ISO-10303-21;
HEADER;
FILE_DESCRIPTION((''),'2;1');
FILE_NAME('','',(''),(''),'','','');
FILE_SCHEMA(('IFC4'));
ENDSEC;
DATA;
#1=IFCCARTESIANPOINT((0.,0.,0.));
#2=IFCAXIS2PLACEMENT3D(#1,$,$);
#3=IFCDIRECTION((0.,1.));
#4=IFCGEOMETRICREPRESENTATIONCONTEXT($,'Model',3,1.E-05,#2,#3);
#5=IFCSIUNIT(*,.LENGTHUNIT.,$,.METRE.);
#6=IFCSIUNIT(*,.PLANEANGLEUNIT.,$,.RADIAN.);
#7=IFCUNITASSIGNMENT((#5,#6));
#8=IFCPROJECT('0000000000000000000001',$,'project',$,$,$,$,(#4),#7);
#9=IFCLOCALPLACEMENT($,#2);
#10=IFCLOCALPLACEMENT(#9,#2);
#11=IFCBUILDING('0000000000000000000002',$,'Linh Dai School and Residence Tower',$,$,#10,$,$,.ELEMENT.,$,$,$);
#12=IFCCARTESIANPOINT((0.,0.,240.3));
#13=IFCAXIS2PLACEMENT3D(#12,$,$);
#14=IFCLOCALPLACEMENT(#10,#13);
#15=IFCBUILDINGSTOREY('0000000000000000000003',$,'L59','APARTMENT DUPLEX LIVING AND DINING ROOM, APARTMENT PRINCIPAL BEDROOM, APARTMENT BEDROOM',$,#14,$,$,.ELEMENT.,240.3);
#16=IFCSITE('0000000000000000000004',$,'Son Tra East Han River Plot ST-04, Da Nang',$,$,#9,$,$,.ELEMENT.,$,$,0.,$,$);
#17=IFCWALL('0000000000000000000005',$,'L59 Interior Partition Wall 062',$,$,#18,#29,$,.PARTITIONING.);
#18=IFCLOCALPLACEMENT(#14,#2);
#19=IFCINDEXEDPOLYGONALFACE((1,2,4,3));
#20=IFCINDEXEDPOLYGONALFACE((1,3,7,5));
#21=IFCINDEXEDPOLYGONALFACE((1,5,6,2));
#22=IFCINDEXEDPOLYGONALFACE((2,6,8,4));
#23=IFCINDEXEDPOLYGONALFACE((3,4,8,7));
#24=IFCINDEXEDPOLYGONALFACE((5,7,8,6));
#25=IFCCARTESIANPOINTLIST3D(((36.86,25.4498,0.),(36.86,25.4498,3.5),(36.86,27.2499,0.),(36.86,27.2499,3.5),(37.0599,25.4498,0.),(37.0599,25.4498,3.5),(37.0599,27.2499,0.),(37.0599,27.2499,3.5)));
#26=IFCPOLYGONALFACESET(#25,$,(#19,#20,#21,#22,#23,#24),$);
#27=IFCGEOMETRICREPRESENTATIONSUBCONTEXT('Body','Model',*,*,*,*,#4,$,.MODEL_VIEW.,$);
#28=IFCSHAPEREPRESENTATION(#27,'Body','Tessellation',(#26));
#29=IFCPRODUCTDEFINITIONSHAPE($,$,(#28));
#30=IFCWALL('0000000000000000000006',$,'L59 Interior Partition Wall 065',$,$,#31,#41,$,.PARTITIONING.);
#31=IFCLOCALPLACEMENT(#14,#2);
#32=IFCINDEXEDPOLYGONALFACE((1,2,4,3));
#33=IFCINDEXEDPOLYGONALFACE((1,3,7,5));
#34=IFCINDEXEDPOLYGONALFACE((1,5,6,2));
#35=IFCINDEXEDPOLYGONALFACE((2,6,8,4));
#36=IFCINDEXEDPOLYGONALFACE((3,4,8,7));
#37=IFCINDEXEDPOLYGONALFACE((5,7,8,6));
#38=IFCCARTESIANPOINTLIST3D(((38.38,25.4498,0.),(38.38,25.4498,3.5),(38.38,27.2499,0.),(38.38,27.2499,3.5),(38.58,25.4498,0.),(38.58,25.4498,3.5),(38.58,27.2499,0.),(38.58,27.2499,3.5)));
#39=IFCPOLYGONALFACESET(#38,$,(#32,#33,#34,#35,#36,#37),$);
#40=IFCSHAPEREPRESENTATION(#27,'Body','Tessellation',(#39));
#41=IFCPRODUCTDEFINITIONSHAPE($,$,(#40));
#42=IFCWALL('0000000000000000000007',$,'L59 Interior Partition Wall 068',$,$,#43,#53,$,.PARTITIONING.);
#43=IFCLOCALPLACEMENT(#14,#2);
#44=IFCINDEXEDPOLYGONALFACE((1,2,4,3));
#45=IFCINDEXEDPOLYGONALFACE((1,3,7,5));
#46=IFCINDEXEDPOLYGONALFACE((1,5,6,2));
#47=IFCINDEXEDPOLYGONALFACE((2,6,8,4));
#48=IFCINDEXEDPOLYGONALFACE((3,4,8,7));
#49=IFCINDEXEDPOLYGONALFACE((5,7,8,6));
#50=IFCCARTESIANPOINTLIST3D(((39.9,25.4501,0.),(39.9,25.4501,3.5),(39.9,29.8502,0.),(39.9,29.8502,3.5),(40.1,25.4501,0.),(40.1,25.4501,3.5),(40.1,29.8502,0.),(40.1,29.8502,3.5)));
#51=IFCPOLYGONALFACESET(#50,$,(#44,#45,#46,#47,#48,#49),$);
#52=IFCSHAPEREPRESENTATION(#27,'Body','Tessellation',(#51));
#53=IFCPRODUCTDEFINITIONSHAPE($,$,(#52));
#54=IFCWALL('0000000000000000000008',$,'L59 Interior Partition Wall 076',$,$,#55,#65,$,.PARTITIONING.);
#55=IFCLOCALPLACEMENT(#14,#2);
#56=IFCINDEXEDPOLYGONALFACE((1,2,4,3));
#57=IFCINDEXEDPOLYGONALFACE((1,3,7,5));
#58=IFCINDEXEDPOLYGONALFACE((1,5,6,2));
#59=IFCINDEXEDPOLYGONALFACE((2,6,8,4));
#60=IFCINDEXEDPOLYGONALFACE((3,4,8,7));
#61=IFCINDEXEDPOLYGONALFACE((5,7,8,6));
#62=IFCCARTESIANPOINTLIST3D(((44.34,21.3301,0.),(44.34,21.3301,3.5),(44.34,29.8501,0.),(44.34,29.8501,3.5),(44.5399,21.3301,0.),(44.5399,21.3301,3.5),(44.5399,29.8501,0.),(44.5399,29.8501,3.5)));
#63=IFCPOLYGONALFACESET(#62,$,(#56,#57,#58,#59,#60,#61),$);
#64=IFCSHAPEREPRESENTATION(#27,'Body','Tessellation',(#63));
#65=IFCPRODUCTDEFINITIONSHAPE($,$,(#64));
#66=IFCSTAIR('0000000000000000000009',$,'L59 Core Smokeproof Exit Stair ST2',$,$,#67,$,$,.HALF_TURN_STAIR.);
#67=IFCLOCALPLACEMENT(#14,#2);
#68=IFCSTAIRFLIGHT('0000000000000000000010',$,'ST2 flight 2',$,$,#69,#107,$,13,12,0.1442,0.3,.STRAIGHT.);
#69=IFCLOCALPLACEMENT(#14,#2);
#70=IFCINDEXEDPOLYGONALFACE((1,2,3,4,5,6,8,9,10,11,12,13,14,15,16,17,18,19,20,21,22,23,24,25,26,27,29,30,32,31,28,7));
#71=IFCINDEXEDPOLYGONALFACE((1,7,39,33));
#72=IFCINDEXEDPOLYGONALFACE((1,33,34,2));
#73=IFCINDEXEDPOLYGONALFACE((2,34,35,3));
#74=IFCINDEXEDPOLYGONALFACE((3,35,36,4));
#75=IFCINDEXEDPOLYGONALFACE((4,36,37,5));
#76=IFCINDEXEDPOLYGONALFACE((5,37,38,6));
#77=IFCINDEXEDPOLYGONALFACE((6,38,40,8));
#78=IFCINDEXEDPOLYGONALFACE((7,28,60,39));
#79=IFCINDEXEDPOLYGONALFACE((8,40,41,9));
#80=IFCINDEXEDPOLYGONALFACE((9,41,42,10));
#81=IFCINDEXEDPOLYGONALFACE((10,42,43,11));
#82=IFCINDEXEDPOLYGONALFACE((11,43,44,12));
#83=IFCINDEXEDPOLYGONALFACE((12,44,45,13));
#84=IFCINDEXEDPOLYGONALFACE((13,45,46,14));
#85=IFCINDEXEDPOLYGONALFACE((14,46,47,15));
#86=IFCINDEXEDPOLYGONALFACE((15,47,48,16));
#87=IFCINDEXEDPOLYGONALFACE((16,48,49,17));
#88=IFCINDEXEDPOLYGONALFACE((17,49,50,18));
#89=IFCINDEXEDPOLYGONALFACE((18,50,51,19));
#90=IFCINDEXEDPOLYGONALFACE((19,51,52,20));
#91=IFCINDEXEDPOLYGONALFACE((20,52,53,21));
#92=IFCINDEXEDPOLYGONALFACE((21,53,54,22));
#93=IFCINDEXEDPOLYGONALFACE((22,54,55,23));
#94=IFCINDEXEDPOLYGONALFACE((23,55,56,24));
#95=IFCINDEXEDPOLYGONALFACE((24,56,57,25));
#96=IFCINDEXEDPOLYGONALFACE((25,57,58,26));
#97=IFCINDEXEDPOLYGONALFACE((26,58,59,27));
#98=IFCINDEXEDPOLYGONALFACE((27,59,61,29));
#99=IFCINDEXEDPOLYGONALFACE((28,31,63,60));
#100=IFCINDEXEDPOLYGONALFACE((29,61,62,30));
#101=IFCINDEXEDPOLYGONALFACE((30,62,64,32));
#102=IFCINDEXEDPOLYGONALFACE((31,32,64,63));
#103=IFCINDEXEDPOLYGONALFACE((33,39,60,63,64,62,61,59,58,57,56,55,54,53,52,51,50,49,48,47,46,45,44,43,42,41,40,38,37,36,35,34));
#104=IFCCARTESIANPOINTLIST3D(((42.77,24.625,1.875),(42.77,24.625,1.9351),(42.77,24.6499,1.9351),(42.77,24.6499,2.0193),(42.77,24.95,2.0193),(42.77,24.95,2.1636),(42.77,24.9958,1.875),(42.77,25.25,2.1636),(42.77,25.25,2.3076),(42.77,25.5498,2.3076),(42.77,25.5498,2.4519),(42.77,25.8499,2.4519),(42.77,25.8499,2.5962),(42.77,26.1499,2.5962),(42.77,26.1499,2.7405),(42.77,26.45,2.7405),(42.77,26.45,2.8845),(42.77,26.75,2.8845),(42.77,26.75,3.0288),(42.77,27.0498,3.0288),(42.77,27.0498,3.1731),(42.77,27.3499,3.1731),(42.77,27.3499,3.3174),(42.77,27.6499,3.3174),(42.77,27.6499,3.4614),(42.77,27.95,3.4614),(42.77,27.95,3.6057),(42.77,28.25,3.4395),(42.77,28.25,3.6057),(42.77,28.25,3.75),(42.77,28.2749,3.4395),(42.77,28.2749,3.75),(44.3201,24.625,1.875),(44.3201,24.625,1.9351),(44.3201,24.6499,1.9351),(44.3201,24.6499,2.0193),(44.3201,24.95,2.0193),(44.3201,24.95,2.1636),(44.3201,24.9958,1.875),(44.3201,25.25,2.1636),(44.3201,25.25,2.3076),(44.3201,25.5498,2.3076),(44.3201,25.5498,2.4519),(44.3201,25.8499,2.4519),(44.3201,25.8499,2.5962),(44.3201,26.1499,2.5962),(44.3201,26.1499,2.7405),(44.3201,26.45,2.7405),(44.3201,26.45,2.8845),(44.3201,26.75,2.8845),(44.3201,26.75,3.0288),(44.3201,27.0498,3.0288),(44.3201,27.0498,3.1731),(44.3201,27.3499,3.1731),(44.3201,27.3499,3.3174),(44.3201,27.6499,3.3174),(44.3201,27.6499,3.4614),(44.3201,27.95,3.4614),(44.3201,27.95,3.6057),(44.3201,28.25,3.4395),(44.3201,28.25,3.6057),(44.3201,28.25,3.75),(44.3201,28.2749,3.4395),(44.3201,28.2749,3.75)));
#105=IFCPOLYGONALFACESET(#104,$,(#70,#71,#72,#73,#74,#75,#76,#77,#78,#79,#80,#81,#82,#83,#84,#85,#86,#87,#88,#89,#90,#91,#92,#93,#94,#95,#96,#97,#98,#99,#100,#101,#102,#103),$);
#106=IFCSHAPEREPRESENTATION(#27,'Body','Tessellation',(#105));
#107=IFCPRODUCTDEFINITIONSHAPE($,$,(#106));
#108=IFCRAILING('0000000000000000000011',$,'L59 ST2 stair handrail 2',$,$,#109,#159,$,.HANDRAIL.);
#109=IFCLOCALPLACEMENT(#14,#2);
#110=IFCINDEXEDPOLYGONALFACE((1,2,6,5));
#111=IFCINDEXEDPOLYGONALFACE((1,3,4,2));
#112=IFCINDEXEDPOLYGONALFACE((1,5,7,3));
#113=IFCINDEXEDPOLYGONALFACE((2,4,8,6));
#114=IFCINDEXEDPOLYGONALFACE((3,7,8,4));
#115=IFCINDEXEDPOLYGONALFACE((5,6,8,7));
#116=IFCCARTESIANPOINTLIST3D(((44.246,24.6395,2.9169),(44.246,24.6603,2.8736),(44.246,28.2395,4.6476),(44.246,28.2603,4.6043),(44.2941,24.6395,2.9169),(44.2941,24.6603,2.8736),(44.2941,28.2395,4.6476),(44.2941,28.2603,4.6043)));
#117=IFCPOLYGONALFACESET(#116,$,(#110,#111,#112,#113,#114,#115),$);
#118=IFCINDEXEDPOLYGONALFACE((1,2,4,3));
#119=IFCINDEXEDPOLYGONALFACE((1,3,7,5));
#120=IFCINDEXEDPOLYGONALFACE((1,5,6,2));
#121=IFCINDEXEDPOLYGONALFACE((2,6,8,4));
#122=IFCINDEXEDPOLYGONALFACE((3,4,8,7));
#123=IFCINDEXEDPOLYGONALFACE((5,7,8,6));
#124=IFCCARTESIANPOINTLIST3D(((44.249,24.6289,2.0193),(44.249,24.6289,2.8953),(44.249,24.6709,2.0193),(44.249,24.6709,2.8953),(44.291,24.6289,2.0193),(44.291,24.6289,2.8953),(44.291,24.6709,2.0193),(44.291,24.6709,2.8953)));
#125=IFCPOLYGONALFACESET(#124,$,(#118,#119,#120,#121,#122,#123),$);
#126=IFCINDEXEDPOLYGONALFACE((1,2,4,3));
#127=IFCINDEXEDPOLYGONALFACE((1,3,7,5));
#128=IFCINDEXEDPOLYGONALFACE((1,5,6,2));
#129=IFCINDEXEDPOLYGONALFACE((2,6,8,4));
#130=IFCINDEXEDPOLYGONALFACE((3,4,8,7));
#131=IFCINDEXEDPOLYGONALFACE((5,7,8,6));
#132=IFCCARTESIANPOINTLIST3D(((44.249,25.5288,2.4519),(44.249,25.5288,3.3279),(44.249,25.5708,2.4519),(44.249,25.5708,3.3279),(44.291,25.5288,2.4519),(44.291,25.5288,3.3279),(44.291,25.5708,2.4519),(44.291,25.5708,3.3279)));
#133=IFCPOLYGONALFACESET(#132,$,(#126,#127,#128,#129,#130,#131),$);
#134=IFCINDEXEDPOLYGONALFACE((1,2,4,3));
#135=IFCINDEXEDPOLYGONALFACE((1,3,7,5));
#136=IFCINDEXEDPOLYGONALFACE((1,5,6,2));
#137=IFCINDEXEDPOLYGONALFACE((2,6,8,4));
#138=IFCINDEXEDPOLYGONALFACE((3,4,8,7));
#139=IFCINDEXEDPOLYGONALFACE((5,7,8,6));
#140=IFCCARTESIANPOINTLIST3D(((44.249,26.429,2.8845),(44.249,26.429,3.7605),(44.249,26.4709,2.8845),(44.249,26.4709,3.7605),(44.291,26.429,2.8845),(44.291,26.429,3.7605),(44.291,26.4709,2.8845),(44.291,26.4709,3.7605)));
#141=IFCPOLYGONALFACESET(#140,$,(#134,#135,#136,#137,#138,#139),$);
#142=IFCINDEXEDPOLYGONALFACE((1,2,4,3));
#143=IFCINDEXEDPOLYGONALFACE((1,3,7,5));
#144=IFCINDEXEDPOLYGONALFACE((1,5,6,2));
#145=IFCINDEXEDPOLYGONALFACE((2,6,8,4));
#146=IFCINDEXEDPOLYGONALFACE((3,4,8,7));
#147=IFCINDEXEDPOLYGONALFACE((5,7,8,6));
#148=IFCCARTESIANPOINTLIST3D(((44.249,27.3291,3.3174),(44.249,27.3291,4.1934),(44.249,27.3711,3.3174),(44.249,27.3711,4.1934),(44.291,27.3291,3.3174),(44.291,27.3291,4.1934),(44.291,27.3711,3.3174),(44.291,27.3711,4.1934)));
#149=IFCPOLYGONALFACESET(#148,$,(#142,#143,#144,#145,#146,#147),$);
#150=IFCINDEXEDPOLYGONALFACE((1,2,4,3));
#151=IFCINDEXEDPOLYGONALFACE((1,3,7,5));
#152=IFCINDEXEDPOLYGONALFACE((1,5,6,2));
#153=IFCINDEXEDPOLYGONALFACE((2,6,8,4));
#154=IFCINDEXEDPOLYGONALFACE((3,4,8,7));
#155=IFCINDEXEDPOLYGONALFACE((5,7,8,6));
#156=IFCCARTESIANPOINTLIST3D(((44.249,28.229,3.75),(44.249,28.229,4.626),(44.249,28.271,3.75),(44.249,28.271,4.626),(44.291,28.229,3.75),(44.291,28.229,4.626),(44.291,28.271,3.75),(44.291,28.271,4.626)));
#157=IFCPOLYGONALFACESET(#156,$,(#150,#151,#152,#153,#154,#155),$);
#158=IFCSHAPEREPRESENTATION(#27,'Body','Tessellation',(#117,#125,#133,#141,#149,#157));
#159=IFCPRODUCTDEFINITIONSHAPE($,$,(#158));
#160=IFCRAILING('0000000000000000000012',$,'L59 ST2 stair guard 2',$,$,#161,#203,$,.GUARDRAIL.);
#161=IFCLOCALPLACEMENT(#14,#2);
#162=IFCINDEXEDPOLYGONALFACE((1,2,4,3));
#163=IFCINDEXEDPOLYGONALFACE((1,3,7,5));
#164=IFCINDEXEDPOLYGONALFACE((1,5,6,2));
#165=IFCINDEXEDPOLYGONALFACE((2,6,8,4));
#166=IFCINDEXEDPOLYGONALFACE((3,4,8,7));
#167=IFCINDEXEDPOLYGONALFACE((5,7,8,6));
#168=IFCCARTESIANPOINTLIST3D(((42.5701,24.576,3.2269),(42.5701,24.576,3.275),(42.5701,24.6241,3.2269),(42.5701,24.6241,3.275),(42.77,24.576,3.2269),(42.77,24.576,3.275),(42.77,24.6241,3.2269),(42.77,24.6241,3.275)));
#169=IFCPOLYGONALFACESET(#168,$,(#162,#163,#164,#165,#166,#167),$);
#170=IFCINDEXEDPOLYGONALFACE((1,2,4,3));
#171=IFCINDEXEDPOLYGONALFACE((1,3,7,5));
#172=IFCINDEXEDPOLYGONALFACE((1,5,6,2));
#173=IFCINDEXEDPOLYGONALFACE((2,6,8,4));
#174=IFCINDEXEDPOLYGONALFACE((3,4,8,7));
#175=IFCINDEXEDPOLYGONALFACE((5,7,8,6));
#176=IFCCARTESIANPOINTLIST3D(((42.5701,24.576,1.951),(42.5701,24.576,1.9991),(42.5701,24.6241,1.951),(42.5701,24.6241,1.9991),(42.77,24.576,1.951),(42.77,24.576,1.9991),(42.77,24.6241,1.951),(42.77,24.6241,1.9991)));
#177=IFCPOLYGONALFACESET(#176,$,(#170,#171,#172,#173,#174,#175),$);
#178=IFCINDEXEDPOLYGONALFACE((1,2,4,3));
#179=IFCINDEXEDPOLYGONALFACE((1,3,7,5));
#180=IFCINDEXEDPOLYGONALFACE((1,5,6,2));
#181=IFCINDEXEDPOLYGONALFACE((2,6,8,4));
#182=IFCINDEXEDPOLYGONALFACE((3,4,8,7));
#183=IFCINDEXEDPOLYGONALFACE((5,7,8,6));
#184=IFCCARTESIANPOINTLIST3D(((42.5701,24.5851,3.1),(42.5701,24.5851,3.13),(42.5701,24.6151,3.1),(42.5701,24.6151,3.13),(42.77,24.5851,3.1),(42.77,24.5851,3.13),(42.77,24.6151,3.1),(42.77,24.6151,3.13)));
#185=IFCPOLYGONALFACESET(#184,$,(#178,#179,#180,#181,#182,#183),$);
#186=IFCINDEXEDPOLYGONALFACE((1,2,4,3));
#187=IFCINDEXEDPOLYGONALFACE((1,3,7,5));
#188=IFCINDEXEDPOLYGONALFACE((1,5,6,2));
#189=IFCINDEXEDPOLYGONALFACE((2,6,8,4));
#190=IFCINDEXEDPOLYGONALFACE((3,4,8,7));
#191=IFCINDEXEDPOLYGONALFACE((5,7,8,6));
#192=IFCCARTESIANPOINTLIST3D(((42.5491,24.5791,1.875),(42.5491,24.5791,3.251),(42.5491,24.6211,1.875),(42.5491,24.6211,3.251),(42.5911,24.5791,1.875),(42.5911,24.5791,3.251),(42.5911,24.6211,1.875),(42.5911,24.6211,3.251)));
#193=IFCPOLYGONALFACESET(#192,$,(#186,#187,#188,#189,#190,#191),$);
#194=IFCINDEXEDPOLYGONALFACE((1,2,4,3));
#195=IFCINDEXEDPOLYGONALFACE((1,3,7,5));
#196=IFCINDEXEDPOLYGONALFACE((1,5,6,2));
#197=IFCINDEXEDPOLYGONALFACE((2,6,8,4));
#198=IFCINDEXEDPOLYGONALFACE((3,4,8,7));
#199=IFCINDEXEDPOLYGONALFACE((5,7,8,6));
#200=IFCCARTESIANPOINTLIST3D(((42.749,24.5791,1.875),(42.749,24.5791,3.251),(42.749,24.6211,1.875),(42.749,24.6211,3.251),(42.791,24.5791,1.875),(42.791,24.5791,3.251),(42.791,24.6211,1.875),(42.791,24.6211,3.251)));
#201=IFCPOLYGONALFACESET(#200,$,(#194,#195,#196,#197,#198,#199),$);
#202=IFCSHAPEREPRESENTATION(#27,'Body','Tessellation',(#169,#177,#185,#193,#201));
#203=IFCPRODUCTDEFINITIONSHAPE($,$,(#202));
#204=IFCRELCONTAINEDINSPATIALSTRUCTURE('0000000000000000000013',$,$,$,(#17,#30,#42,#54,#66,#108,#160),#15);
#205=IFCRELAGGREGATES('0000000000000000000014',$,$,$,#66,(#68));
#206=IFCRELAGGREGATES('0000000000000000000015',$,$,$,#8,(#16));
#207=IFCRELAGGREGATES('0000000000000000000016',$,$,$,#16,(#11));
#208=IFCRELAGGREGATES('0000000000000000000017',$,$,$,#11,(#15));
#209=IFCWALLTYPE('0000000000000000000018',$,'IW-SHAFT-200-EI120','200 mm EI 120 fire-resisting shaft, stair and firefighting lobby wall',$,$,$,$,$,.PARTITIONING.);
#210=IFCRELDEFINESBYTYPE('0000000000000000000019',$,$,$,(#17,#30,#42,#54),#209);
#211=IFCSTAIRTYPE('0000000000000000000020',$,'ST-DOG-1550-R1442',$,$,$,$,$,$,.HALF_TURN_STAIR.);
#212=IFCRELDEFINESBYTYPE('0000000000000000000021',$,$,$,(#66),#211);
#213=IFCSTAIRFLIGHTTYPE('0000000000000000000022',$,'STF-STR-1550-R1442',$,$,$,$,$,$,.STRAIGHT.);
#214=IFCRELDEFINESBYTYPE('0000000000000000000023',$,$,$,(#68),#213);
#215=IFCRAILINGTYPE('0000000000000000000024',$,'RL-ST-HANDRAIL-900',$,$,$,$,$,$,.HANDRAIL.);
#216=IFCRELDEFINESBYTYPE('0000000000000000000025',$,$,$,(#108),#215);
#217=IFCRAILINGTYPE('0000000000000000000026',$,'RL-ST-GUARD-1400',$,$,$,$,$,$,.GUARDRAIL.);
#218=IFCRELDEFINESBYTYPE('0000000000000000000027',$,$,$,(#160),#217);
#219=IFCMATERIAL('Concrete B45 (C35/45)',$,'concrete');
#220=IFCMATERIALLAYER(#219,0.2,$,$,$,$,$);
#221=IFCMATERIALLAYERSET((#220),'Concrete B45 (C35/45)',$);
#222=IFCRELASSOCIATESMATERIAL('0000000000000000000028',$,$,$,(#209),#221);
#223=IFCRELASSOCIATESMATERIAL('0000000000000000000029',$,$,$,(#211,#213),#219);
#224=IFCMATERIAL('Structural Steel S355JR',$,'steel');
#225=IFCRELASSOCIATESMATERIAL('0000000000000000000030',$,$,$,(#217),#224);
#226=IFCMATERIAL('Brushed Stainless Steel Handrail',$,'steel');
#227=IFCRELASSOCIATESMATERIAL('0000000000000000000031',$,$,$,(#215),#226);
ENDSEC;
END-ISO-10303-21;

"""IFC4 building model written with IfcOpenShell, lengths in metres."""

from ifc_helpers import new_model, si_unit, direction, frame, frame_2d, origin, origin_2d, place, context, subcontext, project, spatial, polyline, rectangle, outline, extrude, source, transform, mapped, material, layer, layer_set, type_object, element, aggregate, save


model = new_model("IFC4")

# Units and contexts
model_context = context("Model", 3, precision=1e-05, world=origin(), true_north=direction((0.0, 1.0)))
body_context = subcontext(model_context, "Body", "Model", "MODEL_VIEW")
ifc_project = project(units=[si_unit("LENGTHUNIT", "METRE"), si_unit("PLANEANGLEUNIT", "RADIAN")], contexts=[model_context])

# Site, building, storey
site_placement = place(None, origin())
site = spatial("IfcSite", under=ifc_project, at=site_placement, Name="Son Tra East Han River Plot ST-04, Da Nang", CompositionType="ELEMENT", RefElevation=0.0)
building_placement = place(site_placement, origin())
building = spatial("IfcBuilding", under=site, at=building_placement, Name="Linh Dai School and Residence Tower", CompositionType="ELEMENT")
storey_placement = place(building_placement, frame((0.0, 0.0, 240.3)))
storey = spatial("IfcBuildingStorey", under=building, at=storey_placement, Name="L59", Description="APARTMENT DUPLEX LIVING AND DINING ROOM, APARTMENT PRINCIPAL BEDROOM, APARTMENT BEDROOM", CompositionType="ELEMENT", Elevation=240.3)

# Shared definitions
ifc_material_1 = material(Name="Structural Steel S355JR", Category="steel")

# Walls
ifc_material_2 = material(Name="Concrete B45 (C35/45)", Category="concrete")
ifc_layer_1 = layer(ifc_material_2, 0.2)
ifc_layer_set_1 = layer_set([ifc_layer_1], Name="Concrete B45 (C35/45)")
wall_type_1 = type_object("IfcWallType", Name="IW-SHAFT-200-EI120", Description="200 mm EI 120 fire-resisting shaft, stair and firefighting lobby wall", PredefinedType="PARTITIONING", material=ifc_layer_set_1)
for number, where, z_axis, x_axis, name in (
    (1, (36.96, 25.45, 0.0), (0.0, 0.0, 1.0), (0.0, 1.0, 0.0), "L59 Interior Partition Wall 062"),
    (2, (38.48, 25.45, 0.0), (0.0, 0.0, 1.0), (0.0, 1.0, 0.0), "L59 Interior Partition Wall 065"),
):
    element("IfcWall", number, at=place(storey_placement, frame(where, z_axis=z_axis, x_axis=x_axis)), inside=storey, type_object=wall_type_1, Name=name, PredefinedType="PARTITIONING", context=body_context, shape_type="SweptSolid", body=[
        extrude(rectangle(XDim=1.8, YDim=0.2, at=frame_2d((0.8999, 0.0))), origin(), (0.0, 0.0, 1.0), 3.5),
    ])
wall_1_placement = place(storey_placement, frame((40.0, 25.45, 0.0), z_axis=(0.0, 0.0, 1.0), x_axis=(0.0, 1.0, 0.0)))
element("IfcWall", 3, at=wall_1_placement, inside=storey, type_object=wall_type_1, Name="L59 Interior Partition Wall 068", PredefinedType="PARTITIONING", context=body_context, shape_type="SweptSolid", body=[
    extrude(rectangle(XDim=4.4001, YDim=0.2, at=frame_2d((2.2002, 0.0))), origin(), (0.0, 0.0, 1.0), 3.5),
])
wall_2_placement = place(storey_placement, frame((44.4399, 21.3301, 0.0), z_axis=(0.0, 0.0, 1.0), x_axis=(0.0, 1.0, 0.0)))
element("IfcWall", 4, at=wall_2_placement, inside=storey, type_object=wall_type_1, Name="L59 Interior Partition Wall 076", PredefinedType="PARTITIONING", context=body_context, shape_type="SweptSolid", body=[
    extrude(rectangle(XDim=8.52, YDim=0.2, at=frame_2d((4.26, 0.0))), origin(), (0.0, 0.0, 1.0), 3.5),
])

# Stair, stair flight
stair_type = type_object("IfcStairType", Name="ST-DOG-1550-R1442", PredefinedType="HALF_TURN_STAIR", material=ifc_material_2)
stair_placement = place(storey_placement, origin())
stair = element("IfcStair", 5, at=stair_placement, inside=storey, type_object=stair_type, Name="L59 Core Smokeproof Exit Stair ST2", PredefinedType="HALF_TURN_STAIR")
stair_flight_type = type_object("IfcStairFlightType", Name="STF-STR-1550-R1442", PredefinedType="STRAIGHT", material=ifc_material_2)
shared_shape_1 = source(origin(), body_context, "Body", "SweptSolid", [
    extrude(outline(polyline([(-0.0249, 0.0), (-0.0249, 0.0601), (0.0, 0.0601), (0.0, 0.1443), (0.3, 0.1443), (0.3, 0.2886), (0.6001, 0.2886), (0.6001, 0.4326), (0.8999, 0.4326), (0.8999, 0.5769), (1.2, 0.5769), (1.2, 0.7212), (1.5, 0.7212), (1.5, 0.8655), (1.8, 0.8655), (1.8, 1.0095), (2.1001, 1.0095), (2.1001, 1.1538), (2.3999, 1.1538), (2.3999, 1.2981), (2.7, 1.2981), (2.7, 1.4424), (3.0, 1.4424), (3.0, 1.5864), (3.3, 1.5864), (3.3, 1.7307), (3.6001, 1.7307), (3.6001, 1.875), (3.625, 1.875), (3.625, 1.5645), (3.6001, 1.5645), (0.3459, 0.0), (-0.0249, 0.0)])), frame((0.0, 0.7749, 0.0), z_axis=(0.0, -1.0, 0.0), x_axis=(1.0, 0.0, 0.0)), (0.0, 0.0, 1.0), 1.55),
])
stair_flight_placement = place(storey_placement, frame((43.5449, 24.6499, 1.875), z_axis=(0.0, 0.0, 1.0), x_axis=(0.0, 1.0, 0.0)))
stair_flight = element("IfcStairFlight", 6, at=stair_flight_placement, type_object=stair_flight_type, Name="ST2 flight 2", NumberOfRisers=13, NumberOfTreads=12, PredefinedType="STRAIGHT", RiserHeight=0.1442, TreadLength=0.3, context=body_context, shape_type="MappedRepresentation", body=[
    mapped(shared_shape_1, transform((0.0, 0.0, 0.0), x_axis=(1.0, 0.0, 0.0), y_axis=(0.0, 1.0, 0.0), z_axis=(0.0, 0.0, 1.0), scale=1.0)),
])
aggregate(stair, [stair_flight])

# Railings
railing_type_1 = type_object("IfcRailingType", Name="RL-ST-GUARD-1400", PredefinedType="GUARDRAIL", material=ifc_material_1)
ifc_material_3 = material(Name="Brushed Stainless Steel Handrail", Category="steel")
railing_type_2 = type_object("IfcRailingType", Name="RL-ST-HANDRAIL-900", PredefinedType="HANDRAIL", material=ifc_material_3)
shared_shape_2 = source(origin(), body_context, "Body", "SweptSolid", [
    extrude(rectangle(XDim=0.0481, YDim=0.0481, at=origin_2d()), frame((0.0, 0.0, 0.876), z_axis=(0.0, 0.901263, 0.433273), x_axis=(-1.0, 0.0, 0.0)), (0.0, 0.0, 1.0), 3.9944),
    extrude(rectangle(XDim=0.042, YDim=0.042, at=origin_2d()), origin(), (0.0, 0.0, 1.0), 0.876),
    extrude(rectangle(XDim=0.042, YDim=0.042, at=origin_2d()), frame((0.0, 0.8999, 0.4326)), (0.0, 0.0, 1.0), 0.876),
    extrude(rectangle(XDim=0.042, YDim=0.042, at=origin_2d()), frame((0.0, 1.8, 0.8652)), (0.0, 0.0, 1.0), 0.876),
    extrude(rectangle(XDim=0.042, YDim=0.042, at=origin_2d()), frame((0.0, 2.7002, 1.2981)), (0.0, 0.0, 1.0), 0.876),
    extrude(rectangle(XDim=0.042, YDim=0.042, at=origin_2d()), frame((0.0, 3.6001, 1.7307)), (0.0, 0.0, 1.0), 0.876),
])
railing_1_placement = place(storey_placement, frame((44.27, 24.6499, 2.0193)))
element("IfcRailing", 7, at=railing_1_placement, inside=storey, type_object=railing_type_2, Name="L59 ST2 stair handrail 2", PredefinedType="HANDRAIL", context=body_context, shape_type="MappedRepresentation", body=[
    mapped(shared_shape_2, transform((0.0, 0.0, 0.0), x_axis=(1.0, 0.0, 0.0), y_axis=(0.0, 1.0, 0.0), z_axis=(0.0, 0.0, 1.0), scale=1.0)),
])
shared_shape_3 = source(origin(), body_context, "Body", "SweptSolid", [
    extrude(rectangle(XDim=0.0481, YDim=0.0481, at=origin_2d()), frame((0.0, 0.0, 1.376), z_axis=(1.0, 0.0, 0.0), x_axis=(0.0, 1.0, 0.0)), (0.0, 0.0, 1.0), 0.2),
    extrude(rectangle(XDim=0.0481, YDim=0.0481, at=origin_2d()), frame((0.0, 0.0, 0.1001), z_axis=(1.0, 0.0, 0.0), x_axis=(0.0, 1.0, 0.0)), (0.0, 0.0, 1.0), 0.2),
    extrude(rectangle(XDim=0.03, YDim=0.03, at=origin_2d()), frame((0.0, 0.0, 1.24), z_axis=(1.0, 0.0, 0.0), x_axis=(0.0, 1.0, 0.0)), (0.0, 0.0, 1.0), 0.2),
    extrude(rectangle(XDim=0.042, YDim=0.042, at=origin_2d()), origin(), (0.0, 0.0, 1.0), 1.376),
    extrude(rectangle(XDim=0.042, YDim=0.042, at=origin_2d()), frame((0.2, 0.0, 0.0)), (0.0, 0.0, 1.0), 1.376),
])
railing_2_placement = place(storey_placement, frame((42.5701, 24.6001, 1.875)))
element("IfcRailing", 8, at=railing_2_placement, inside=storey, type_object=railing_type_1, Name="L59 ST2 stair guard 2", PredefinedType="GUARDRAIL", context=body_context, shape_type="MappedRepresentation", body=[
    mapped(shared_shape_3, transform((0.0, 0.0, 0.0), x_axis=(1.0, 0.0, 0.0), y_axis=(0.0, 1.0, 0.0), z_axis=(0.0, 0.0, 1.0), scale=1.0)),
])

save(model, "model.ifc")
